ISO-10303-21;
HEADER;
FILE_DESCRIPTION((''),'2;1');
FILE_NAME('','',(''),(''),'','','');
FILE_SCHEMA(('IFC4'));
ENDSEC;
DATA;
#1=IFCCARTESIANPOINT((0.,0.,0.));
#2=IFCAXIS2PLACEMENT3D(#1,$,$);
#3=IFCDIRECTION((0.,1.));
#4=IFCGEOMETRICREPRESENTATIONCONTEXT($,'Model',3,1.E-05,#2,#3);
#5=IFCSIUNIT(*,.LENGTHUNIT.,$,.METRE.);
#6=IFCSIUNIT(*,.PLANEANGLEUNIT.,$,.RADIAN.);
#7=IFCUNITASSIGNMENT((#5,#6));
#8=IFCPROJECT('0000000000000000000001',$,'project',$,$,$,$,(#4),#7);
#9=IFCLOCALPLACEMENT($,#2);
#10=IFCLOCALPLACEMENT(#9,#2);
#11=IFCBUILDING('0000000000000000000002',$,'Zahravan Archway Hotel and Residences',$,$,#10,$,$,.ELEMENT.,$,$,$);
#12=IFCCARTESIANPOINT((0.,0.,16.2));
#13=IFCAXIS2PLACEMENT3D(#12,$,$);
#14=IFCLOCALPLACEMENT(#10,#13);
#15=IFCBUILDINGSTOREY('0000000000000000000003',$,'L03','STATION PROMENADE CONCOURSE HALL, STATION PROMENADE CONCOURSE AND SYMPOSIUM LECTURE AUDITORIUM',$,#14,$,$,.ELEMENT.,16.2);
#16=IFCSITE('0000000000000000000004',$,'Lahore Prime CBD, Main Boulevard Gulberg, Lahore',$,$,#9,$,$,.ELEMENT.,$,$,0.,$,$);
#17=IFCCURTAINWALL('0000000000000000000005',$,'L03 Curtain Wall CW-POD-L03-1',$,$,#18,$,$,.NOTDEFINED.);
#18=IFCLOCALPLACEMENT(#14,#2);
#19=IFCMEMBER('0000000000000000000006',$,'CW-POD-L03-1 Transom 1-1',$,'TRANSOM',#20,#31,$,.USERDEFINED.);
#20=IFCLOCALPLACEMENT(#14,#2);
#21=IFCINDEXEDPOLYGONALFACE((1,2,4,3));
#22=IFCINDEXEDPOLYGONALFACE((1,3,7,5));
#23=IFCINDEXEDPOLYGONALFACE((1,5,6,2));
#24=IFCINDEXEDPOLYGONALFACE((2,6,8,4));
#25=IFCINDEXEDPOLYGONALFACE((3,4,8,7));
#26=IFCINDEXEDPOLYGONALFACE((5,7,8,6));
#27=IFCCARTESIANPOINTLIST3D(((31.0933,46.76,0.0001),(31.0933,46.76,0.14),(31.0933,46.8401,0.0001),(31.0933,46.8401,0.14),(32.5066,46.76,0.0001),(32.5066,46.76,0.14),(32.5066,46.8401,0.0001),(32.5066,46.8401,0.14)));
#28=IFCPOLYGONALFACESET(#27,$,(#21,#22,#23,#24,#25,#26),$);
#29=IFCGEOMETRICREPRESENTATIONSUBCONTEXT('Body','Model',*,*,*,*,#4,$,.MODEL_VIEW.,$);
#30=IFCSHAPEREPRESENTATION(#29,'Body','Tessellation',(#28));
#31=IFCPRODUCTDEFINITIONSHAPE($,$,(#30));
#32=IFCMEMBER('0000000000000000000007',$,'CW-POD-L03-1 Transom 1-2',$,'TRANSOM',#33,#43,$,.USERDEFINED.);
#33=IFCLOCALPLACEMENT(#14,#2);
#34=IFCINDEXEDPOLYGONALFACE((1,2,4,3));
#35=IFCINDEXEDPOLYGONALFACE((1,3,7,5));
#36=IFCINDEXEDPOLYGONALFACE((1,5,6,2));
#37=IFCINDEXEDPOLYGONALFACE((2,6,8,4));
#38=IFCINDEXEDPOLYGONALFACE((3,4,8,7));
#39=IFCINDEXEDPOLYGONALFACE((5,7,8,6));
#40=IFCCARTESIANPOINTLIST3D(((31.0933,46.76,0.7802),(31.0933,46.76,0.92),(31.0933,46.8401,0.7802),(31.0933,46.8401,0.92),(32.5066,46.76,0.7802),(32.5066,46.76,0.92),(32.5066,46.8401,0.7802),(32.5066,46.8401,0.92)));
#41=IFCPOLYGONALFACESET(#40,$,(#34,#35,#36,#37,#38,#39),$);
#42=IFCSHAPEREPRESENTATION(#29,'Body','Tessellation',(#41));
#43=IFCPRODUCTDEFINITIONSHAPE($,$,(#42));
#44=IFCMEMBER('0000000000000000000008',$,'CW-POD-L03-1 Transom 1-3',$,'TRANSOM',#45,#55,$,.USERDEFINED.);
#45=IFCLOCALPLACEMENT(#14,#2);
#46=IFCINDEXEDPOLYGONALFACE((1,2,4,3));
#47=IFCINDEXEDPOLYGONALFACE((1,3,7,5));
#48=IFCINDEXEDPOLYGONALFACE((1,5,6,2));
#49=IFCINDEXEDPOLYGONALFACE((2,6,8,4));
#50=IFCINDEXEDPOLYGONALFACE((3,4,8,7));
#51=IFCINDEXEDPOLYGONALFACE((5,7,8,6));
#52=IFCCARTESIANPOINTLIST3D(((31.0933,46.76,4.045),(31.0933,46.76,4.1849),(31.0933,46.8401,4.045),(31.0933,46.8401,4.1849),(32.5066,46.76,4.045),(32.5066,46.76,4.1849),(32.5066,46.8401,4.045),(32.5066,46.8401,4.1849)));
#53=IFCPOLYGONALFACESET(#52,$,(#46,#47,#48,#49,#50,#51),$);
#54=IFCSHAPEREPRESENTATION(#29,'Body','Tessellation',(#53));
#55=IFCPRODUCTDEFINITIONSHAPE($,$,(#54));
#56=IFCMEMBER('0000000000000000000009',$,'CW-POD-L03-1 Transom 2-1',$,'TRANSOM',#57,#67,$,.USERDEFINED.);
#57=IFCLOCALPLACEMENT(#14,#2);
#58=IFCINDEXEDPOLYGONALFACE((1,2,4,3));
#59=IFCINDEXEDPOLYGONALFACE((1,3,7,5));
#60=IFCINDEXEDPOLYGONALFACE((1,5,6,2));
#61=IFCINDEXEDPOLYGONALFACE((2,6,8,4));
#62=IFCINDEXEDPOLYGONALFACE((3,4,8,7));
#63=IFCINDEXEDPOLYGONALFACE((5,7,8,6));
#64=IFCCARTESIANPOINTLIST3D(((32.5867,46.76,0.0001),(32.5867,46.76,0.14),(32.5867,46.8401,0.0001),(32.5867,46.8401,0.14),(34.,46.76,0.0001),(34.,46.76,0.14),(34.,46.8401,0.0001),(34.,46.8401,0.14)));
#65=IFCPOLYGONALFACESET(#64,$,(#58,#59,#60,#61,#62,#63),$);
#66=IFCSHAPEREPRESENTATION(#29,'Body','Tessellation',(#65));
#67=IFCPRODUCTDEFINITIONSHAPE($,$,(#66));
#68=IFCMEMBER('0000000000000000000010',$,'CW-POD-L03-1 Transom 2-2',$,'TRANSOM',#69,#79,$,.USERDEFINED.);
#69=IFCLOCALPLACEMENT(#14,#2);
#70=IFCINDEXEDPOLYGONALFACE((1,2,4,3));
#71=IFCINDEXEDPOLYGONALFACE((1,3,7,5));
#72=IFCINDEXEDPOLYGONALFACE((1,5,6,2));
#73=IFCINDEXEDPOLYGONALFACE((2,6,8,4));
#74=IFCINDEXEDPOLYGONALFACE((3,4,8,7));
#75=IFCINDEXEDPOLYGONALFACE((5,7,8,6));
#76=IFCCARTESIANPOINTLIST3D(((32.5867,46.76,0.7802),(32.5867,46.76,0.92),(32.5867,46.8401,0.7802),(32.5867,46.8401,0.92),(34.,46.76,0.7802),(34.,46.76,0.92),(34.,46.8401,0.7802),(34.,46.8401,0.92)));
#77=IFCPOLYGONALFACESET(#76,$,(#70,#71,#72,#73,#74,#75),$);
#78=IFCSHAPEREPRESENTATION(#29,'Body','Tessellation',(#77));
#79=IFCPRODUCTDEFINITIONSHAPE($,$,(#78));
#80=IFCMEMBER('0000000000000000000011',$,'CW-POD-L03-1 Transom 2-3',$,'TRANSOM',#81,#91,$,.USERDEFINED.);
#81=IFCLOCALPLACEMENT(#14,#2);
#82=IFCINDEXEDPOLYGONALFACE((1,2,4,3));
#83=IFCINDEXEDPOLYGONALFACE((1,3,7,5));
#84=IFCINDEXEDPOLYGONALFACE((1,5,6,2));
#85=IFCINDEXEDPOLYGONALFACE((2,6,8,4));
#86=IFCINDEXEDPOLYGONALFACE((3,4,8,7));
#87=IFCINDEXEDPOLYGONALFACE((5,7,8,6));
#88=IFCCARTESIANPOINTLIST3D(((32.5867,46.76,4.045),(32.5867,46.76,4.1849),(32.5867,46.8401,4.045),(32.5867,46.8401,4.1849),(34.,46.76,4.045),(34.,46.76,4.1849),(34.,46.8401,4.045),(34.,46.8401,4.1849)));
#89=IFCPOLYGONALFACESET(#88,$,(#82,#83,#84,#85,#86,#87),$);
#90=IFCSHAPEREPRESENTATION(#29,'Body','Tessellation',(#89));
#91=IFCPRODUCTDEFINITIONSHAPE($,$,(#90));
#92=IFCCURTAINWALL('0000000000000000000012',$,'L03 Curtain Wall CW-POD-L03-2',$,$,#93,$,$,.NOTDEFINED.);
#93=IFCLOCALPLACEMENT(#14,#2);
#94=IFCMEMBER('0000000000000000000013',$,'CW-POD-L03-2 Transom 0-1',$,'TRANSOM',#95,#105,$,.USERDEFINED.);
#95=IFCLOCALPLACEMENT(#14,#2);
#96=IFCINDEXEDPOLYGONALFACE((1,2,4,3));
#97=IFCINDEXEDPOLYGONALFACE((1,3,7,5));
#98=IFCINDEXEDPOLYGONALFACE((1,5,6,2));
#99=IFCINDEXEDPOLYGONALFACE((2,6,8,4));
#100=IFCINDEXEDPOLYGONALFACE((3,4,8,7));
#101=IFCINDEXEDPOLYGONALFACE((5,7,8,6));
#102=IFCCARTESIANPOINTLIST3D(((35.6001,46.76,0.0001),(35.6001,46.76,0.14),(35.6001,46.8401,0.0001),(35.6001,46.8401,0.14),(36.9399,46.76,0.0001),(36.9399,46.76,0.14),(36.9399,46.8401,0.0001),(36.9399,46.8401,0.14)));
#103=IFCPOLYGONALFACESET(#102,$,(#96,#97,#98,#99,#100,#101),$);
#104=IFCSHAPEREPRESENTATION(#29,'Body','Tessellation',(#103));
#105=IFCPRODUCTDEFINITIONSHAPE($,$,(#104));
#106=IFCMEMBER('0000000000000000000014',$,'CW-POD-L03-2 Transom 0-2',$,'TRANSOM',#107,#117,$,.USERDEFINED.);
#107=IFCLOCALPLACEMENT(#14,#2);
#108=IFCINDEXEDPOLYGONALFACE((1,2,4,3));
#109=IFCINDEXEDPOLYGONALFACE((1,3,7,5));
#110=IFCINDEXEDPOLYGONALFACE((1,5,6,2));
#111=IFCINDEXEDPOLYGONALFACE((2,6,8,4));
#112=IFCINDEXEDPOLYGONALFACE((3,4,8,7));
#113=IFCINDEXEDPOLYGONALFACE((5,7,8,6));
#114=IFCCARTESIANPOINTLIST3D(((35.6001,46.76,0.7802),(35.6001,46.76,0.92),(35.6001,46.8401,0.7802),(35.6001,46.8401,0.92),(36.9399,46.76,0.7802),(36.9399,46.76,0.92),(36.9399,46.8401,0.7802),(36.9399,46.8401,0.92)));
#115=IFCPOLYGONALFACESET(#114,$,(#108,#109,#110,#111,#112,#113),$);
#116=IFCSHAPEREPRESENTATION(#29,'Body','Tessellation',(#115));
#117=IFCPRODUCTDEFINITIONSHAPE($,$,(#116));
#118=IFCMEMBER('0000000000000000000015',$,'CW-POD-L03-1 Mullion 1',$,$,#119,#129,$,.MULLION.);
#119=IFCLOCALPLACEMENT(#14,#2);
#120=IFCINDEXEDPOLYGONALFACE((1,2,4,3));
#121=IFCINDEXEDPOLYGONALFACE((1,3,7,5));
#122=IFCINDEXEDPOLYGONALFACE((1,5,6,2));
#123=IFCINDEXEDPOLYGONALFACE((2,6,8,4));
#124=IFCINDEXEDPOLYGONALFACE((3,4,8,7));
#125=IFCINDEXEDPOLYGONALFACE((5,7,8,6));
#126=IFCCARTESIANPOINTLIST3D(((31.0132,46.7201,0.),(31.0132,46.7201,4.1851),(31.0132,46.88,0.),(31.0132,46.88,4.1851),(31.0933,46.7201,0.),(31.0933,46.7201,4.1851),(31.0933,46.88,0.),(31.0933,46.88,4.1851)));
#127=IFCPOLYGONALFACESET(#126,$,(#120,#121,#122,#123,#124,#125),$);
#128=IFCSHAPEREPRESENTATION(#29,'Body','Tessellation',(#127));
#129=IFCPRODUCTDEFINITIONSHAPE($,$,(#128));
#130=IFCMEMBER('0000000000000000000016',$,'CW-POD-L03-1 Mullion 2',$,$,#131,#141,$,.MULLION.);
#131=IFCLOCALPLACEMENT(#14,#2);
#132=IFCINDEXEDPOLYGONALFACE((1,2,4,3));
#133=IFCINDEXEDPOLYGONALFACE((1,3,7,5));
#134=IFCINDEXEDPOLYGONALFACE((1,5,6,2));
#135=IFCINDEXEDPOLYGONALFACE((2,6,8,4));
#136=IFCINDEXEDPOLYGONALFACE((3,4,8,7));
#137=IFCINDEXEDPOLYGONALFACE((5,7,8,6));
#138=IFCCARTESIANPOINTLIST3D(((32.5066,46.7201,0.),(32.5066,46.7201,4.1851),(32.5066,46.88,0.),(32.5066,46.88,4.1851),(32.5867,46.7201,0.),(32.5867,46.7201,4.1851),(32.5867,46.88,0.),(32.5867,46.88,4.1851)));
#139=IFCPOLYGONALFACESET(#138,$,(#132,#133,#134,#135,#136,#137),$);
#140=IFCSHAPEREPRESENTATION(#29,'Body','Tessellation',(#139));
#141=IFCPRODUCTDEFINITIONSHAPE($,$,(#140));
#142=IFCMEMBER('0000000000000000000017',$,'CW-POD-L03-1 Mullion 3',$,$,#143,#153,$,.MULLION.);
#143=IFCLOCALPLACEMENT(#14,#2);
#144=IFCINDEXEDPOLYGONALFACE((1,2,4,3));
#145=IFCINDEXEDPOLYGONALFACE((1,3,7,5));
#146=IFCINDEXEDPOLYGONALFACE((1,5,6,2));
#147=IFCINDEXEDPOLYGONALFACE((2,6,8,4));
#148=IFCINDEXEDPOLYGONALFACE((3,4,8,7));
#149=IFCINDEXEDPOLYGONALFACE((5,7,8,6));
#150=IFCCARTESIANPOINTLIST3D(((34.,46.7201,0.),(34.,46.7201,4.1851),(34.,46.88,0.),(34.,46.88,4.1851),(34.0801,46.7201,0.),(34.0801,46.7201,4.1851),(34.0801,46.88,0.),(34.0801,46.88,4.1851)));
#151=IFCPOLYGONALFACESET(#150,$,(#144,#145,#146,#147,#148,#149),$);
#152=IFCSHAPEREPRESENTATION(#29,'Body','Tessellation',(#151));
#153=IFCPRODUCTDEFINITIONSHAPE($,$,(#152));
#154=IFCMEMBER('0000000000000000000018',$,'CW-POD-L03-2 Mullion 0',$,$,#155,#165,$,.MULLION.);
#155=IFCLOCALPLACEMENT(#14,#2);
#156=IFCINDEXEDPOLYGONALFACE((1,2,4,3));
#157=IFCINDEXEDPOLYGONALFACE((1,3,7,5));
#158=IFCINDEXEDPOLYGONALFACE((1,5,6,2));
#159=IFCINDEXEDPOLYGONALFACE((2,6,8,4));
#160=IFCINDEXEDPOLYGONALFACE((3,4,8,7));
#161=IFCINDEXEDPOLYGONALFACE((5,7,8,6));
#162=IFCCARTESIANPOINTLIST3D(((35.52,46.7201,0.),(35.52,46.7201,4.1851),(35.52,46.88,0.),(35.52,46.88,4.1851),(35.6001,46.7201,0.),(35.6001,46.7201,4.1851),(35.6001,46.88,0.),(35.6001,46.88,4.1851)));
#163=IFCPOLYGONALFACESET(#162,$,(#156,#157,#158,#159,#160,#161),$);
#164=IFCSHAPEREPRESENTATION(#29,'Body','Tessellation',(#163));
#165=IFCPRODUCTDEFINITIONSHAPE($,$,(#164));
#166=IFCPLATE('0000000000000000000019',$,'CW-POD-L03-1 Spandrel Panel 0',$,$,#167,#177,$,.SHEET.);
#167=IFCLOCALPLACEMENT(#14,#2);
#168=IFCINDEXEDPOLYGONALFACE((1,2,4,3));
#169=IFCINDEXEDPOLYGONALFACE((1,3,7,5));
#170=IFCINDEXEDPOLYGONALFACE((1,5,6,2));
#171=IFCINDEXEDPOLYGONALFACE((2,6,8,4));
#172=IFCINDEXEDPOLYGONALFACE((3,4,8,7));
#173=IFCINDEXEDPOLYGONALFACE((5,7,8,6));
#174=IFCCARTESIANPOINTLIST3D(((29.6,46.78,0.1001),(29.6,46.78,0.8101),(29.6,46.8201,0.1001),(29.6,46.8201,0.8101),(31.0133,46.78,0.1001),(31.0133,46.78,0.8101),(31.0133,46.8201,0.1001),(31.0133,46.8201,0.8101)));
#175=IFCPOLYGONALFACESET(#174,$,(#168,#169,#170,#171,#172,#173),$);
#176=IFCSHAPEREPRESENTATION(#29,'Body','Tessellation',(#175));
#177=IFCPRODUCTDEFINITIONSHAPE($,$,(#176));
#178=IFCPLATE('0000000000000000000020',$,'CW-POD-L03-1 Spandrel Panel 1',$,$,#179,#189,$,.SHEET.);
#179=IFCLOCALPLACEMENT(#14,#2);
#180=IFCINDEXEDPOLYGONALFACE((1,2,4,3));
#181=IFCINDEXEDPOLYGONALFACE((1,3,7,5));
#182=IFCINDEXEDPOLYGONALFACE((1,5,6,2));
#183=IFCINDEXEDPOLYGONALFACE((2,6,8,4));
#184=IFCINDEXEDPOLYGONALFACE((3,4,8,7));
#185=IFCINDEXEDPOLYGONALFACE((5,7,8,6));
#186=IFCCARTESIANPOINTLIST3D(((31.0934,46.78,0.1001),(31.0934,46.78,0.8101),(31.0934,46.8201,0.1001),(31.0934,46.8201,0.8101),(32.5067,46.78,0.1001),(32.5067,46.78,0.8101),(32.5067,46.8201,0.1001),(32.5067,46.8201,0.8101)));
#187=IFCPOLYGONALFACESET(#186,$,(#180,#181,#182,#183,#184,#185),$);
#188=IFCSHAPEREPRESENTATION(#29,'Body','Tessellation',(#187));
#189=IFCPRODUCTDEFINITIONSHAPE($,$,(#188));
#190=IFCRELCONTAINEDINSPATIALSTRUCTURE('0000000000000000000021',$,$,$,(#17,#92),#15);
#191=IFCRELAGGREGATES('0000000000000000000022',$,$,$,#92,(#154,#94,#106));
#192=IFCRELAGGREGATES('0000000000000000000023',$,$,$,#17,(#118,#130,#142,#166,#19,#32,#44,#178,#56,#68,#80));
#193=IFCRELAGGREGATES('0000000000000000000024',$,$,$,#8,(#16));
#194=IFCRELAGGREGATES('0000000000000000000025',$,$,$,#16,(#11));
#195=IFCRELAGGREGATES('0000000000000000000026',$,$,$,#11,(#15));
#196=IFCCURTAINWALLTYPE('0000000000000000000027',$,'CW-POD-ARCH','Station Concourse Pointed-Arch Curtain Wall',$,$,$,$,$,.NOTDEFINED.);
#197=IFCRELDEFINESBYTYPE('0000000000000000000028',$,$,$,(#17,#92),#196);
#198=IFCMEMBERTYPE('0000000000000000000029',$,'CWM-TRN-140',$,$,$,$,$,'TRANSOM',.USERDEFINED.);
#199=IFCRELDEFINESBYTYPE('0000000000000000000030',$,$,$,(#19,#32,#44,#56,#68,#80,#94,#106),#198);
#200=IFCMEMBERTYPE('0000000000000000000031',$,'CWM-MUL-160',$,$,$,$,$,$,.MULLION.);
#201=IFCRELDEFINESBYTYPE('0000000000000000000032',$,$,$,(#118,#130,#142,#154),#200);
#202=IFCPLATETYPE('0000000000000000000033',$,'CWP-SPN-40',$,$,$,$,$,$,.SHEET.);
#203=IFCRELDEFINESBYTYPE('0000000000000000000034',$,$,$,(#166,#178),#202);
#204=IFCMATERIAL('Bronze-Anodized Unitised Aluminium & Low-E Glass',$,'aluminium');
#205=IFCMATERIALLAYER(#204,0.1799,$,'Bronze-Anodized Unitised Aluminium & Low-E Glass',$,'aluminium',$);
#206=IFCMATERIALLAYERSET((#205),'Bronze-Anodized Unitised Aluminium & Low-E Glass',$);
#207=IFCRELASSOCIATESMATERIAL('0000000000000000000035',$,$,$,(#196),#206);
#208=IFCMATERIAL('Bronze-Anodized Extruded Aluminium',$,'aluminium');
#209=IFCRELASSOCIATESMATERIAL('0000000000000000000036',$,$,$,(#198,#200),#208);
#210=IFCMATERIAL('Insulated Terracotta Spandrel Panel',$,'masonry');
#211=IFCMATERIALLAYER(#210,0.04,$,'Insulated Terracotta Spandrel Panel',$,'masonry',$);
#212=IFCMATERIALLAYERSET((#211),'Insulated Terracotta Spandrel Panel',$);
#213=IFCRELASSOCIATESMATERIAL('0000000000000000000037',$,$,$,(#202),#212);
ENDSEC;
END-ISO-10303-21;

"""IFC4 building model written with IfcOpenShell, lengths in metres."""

from ifc_helpers import new_model, si_unit, direction, frame, origin, origin_2d, place, context, subcontext, project, spatial, rectangle, extrude, source, transform, mapped, material, layer, layer_set, material_profile, profile_set, type_object, type_shapes, element, aggregate, save


model = new_model("IFC4")

# Units and contexts
model_context = context("Model", 3, precision=1e-05, world=origin(), true_north=direction((0.0, 1.0)))
body_context = subcontext(model_context, "Body", "Model", "MODEL_VIEW")
ifc_project = project(units=[si_unit("LENGTHUNIT", "METRE"), si_unit("PLANEANGLEUNIT", "RADIAN")], contexts=[model_context])

# Site, building, storey
site_placement = place(None, origin())
site = spatial("IfcSite", under=ifc_project, at=site_placement, Name="Lahore Prime CBD, Main Boulevard Gulberg, Lahore", CompositionType="ELEMENT", RefElevation=0.0)
building_placement = place(site_placement, origin())
building = spatial("IfcBuilding", under=site, at=building_placement, Name="Zahravan Archway Hotel and Residences", CompositionType="ELEMENT")
storey_placement = place(building_placement, frame((0.0, 0.0, 16.2)))
storey = spatial("IfcBuildingStorey", under=building, at=storey_placement, Name="L03", Description="STATION PROMENADE CONCOURSE HALL, STATION PROMENADE CONCOURSE AND SYMPOSIUM LECTURE AUDITORIUM", CompositionType="ELEMENT", Elevation=16.2)

# Curtain walls, members
ifc_material_1 = material(Name="Bronze-Anodized Unitised Aluminium & Low-E Glass", Category="aluminium")
ifc_layer_1 = layer(ifc_material_1, 0.1799, Name="Bronze-Anodized Unitised Aluminium & Low-E Glass", Category="aluminium")
ifc_layer_set_1 = layer_set([ifc_layer_1], Name="Bronze-Anodized Unitised Aluminium & Low-E Glass")
curtain_wall_type = type_object("IfcCurtainWallType", Name="CW-POD-ARCH", Description="Station Concourse Pointed-Arch Curtain Wall", PredefinedType="NOTDEFINED", material=ifc_layer_set_1)
curtain_wall_1_placement = place(storey_placement, origin())
curtain_wall_1 = element("IfcCurtainWall", 1, at=curtain_wall_1_placement, inside=storey, type_object=curtain_wall_type, Name="L03 Curtain Wall CW-POD-L03-1", PredefinedType="NOTDEFINED")
ifc_material_2 = material(Name="Bronze-Anodized Extruded Aluminium", Category="aluminium")
ifc_material_profile_1 = material_profile(ifc_material_2, rectangle(XDim=0.0801, YDim=0.1399, at=origin_2d()), Name="TRN 80x140", Category="aluminium")
ifc_profile_set_1 = profile_set([ifc_material_profile_1], Name="Bronze-Anodized Extruded Aluminium")
member_type_1 = type_object("IfcMemberType", Name="CWM-TRN-140", ElementType="TRANSOM", PredefinedType="USERDEFINED", material=ifc_profile_set_1)
shared_shape_1 = source(origin(), body_context, "Body", "SweptSolid", [
    extrude(rectangle(XDim=0.0801, YDim=0.1399, at=origin_2d()), origin(), (0.0, 0.0, 1.0), 1.4133),
])
member_1_placement = place(storey_placement, frame((31.0933, 46.8, 0.0701), z_axis=(1.0, 0.0, 0.0), x_axis=(0.0, 1.0, 0.0)))
member_1 = element("IfcMember", 2, at=member_1_placement, type_object=member_type_1, Name="CW-POD-L03-1 Transom 1-1", ObjectType="TRANSOM", PredefinedType="USERDEFINED", context=body_context, shape_type="MappedRepresentation", body=[
    mapped(shared_shape_1, transform((0.0, 0.0, 0.0), scale=1.0)),
])
member_2_placement = place(storey_placement, frame((31.0933, 46.8, 0.8501), z_axis=(1.0, 0.0, 0.0), x_axis=(0.0, 1.0, 0.0)))
member_2 = element("IfcMember", 3, at=member_2_placement, type_object=member_type_1, Name="CW-POD-L03-1 Transom 1-2", ObjectType="TRANSOM", PredefinedType="USERDEFINED", context=body_context, shape_type="MappedRepresentation", body=[
    mapped(shared_shape_1, transform((0.0, 0.0, 0.0), scale=1.0)),
])
member_3_placement = place(storey_placement, frame((31.0933, 46.8, 4.115), z_axis=(1.0, 0.0, 0.0), x_axis=(0.0, 1.0, 0.0)))
member_3 = element("IfcMember", 4, at=member_3_placement, type_object=member_type_1, Name="CW-POD-L03-1 Transom 1-3", ObjectType="TRANSOM", PredefinedType="USERDEFINED", context=body_context, shape_type="MappedRepresentation", body=[
    mapped(shared_shape_1, transform((0.0, 0.0, 0.0), scale=1.0)),
])
member_4_placement = place(storey_placement, frame((32.5867, 46.8, 0.0701), z_axis=(1.0, 0.0, 0.0), x_axis=(0.0, 1.0, 0.0)))
member_4 = element("IfcMember", 5, at=member_4_placement, type_object=member_type_1, Name="CW-POD-L03-1 Transom 2-1", ObjectType="TRANSOM", PredefinedType="USERDEFINED", context=body_context, shape_type="MappedRepresentation", body=[
    mapped(shared_shape_1, transform((0.0, 0.0, 0.0), scale=1.0)),
])
member_5_placement = place(storey_placement, frame((32.5867, 46.8, 0.8501), z_axis=(1.0, 0.0, 0.0), x_axis=(0.0, 1.0, 0.0)))
member_5 = element("IfcMember", 6, at=member_5_placement, type_object=member_type_1, Name="CW-POD-L03-1 Transom 2-2", ObjectType="TRANSOM", PredefinedType="USERDEFINED", context=body_context, shape_type="MappedRepresentation", body=[
    mapped(shared_shape_1, transform((0.0, 0.0, 0.0), scale=1.0)),
])
member_6_placement = place(storey_placement, frame((32.5867, 46.8, 4.115), z_axis=(1.0, 0.0, 0.0), x_axis=(0.0, 1.0, 0.0)))
member_6 = element("IfcMember", 7, at=member_6_placement, type_object=member_type_1, Name="CW-POD-L03-1 Transom 2-3", ObjectType="TRANSOM", PredefinedType="USERDEFINED", context=body_context, shape_type="MappedRepresentation", body=[
    mapped(shared_shape_1, transform((0.0, 0.0, 0.0), scale=1.0)),
])
curtain_wall_2_placement = place(storey_placement, origin())
curtain_wall_2 = element("IfcCurtainWall", 8, at=curtain_wall_2_placement, inside=storey, type_object=curtain_wall_type, Name="L03 Curtain Wall CW-POD-L03-2", PredefinedType="NOTDEFINED")
shared_shape_2 = source(origin(), body_context, "Body", "SweptSolid", [
    extrude(rectangle(XDim=0.0801, YDim=0.1399, at=origin_2d()), origin(), (0.0, 0.0, 1.0), 1.3398),
])
member_7_placement = place(storey_placement, frame((35.6001, 46.8, 0.0701), z_axis=(1.0, 0.0, 0.0), x_axis=(0.0, 1.0, 0.0)))
member_7 = element("IfcMember", 9, at=member_7_placement, type_object=member_type_1, Name="CW-POD-L03-2 Transom 0-1", ObjectType="TRANSOM", PredefinedType="USERDEFINED", context=body_context, shape_type="MappedRepresentation", body=[
    mapped(shared_shape_2, transform((0.0, 0.0, 0.0), scale=1.0)),
])
member_8_placement = place(storey_placement, frame((35.6001, 46.8, 0.8501), z_axis=(1.0, 0.0, 0.0), x_axis=(0.0, 1.0, 0.0)))
member_8 = element("IfcMember", 10, at=member_8_placement, type_object=member_type_1, Name="CW-POD-L03-2 Transom 0-2", ObjectType="TRANSOM", PredefinedType="USERDEFINED", context=body_context, shape_type="MappedRepresentation", body=[
    mapped(shared_shape_2, transform((0.0, 0.0, 0.0), scale=1.0)),
])

# Members
ifc_material_profile_2 = material_profile(ifc_material_2, rectangle(XDim=0.0801, YDim=0.1599, at=origin_2d()), Name="MUL 80x160", Category="aluminium")
ifc_profile_set_2 = profile_set([ifc_material_profile_2], Name="Bronze-Anodized Extruded Aluminium")
member_type_2 = type_object("IfcMemberType", Name="CWM-MUL-160", PredefinedType="MULLION", material=ifc_profile_set_2)
shared_shape_3 = source(origin(), body_context, "Body", "SweptSolid", [
    extrude(rectangle(XDim=0.0801, YDim=0.1599, at=origin_2d()), origin(), (0.0, 0.0, 1.0), 4.1851),
])
member_9_placement = place(storey_placement, frame((31.0532, 46.8, 0.0), z_axis=(0.0, 0.0, 1.0), x_axis=(1.0, 0.0, 0.0)))
member_9 = element("IfcMember", 11, at=member_9_placement, type_object=member_type_2, Name="CW-POD-L03-1 Mullion 1", PredefinedType="MULLION", context=body_context, shape_type="MappedRepresentation", body=[
    mapped(shared_shape_3, transform((0.0, 0.0, 0.0), scale=1.0)),
])
member_10_placement = place(storey_placement, frame((32.5466, 46.8, 0.0), z_axis=(0.0, 0.0, 1.0), x_axis=(1.0, 0.0, 0.0)))
member_10 = element("IfcMember", 12, at=member_10_placement, type_object=member_type_2, Name="CW-POD-L03-1 Mullion 2", PredefinedType="MULLION", context=body_context, shape_type="MappedRepresentation", body=[
    mapped(shared_shape_3, transform((0.0, 0.0, 0.0), scale=1.0)),
])
member_11_placement = place(storey_placement, frame((34.04, 46.8, 0.0), z_axis=(0.0, 0.0, 1.0), x_axis=(1.0, 0.0, 0.0)))
member_11 = element("IfcMember", 13, at=member_11_placement, type_object=member_type_2, Name="CW-POD-L03-1 Mullion 3", PredefinedType="MULLION", context=body_context, shape_type="MappedRepresentation", body=[
    mapped(shared_shape_3, transform((0.0, 0.0, 0.0), scale=1.0)),
])
member_12_placement = place(storey_placement, frame((35.5601, 46.8, 0.0), z_axis=(0.0, 0.0, 1.0), x_axis=(1.0, 0.0, 0.0)))
member_12 = element("IfcMember", 14, at=member_12_placement, type_object=member_type_2, Name="CW-POD-L03-2 Mullion 0", PredefinedType="MULLION", context=body_context, shape_type="MappedRepresentation", body=[
    mapped(shared_shape_3, transform((0.0, 0.0, 0.0), scale=1.0)),
])
aggregate(curtain_wall_2, [member_12, member_7, member_8])

# Plates
ifc_material_3 = material(Name="Insulated Terracotta Spandrel Panel", Category="masonry")
ifc_layer_2 = layer(ifc_material_3, 0.04, Name="Insulated Terracotta Spandrel Panel", Category="masonry")
ifc_layer_set_2 = layer_set([ifc_layer_2], Name="Insulated Terracotta Spandrel Panel")
plate_type_1 = type_object("IfcPlateType", Name="CWP-SPN-40", PredefinedType="SHEET", material=ifc_layer_set_2)
shared_shape_4 = source(origin(), body_context, "Body", "SweptSolid", [
    extrude(rectangle(XDim=1.4133, YDim=0.04, at=origin_2d()), origin(), (0.0, 0.0, 1.0), 0.71),
])
type_shapes(plate_type_1, [shared_shape_4])
plate_1_placement = place(storey_placement, frame((30.3066, 46.8, 0.1001), z_axis=(0.0, 0.0, 1.0), x_axis=(1.0, 0.0, 0.0)))
plate_1 = element("IfcPlate", 15, at=plate_1_placement, type_object=plate_type_1, Name="CW-POD-L03-1 Spandrel Panel 0", PredefinedType="SHEET", context=body_context, shape_type="MappedRepresentation", body=[
    mapped(shared_shape_4, transform((0.0, 0.0, 0.0), scale=1.0)),
])
plate_2_placement = place(storey_placement, frame((31.8, 46.8, 0.1001), z_axis=(0.0, 0.0, 1.0), x_axis=(1.0, 0.0, 0.0)))
plate_2 = element("IfcPlate", 16, at=plate_2_placement, type_object=plate_type_1, Name="CW-POD-L03-1 Spandrel Panel 1", PredefinedType="SHEET", context=body_context, shape_type="MappedRepresentation", body=[
    mapped(shared_shape_4, transform((0.0, 0.0, 0.0), scale=1.0)),
])
aggregate(curtain_wall_1, [member_9, member_10, member_11, plate_1, member_1, member_2, member_3, plate_2, member_4, member_5, member_6])

save(model, "model.ifc")
